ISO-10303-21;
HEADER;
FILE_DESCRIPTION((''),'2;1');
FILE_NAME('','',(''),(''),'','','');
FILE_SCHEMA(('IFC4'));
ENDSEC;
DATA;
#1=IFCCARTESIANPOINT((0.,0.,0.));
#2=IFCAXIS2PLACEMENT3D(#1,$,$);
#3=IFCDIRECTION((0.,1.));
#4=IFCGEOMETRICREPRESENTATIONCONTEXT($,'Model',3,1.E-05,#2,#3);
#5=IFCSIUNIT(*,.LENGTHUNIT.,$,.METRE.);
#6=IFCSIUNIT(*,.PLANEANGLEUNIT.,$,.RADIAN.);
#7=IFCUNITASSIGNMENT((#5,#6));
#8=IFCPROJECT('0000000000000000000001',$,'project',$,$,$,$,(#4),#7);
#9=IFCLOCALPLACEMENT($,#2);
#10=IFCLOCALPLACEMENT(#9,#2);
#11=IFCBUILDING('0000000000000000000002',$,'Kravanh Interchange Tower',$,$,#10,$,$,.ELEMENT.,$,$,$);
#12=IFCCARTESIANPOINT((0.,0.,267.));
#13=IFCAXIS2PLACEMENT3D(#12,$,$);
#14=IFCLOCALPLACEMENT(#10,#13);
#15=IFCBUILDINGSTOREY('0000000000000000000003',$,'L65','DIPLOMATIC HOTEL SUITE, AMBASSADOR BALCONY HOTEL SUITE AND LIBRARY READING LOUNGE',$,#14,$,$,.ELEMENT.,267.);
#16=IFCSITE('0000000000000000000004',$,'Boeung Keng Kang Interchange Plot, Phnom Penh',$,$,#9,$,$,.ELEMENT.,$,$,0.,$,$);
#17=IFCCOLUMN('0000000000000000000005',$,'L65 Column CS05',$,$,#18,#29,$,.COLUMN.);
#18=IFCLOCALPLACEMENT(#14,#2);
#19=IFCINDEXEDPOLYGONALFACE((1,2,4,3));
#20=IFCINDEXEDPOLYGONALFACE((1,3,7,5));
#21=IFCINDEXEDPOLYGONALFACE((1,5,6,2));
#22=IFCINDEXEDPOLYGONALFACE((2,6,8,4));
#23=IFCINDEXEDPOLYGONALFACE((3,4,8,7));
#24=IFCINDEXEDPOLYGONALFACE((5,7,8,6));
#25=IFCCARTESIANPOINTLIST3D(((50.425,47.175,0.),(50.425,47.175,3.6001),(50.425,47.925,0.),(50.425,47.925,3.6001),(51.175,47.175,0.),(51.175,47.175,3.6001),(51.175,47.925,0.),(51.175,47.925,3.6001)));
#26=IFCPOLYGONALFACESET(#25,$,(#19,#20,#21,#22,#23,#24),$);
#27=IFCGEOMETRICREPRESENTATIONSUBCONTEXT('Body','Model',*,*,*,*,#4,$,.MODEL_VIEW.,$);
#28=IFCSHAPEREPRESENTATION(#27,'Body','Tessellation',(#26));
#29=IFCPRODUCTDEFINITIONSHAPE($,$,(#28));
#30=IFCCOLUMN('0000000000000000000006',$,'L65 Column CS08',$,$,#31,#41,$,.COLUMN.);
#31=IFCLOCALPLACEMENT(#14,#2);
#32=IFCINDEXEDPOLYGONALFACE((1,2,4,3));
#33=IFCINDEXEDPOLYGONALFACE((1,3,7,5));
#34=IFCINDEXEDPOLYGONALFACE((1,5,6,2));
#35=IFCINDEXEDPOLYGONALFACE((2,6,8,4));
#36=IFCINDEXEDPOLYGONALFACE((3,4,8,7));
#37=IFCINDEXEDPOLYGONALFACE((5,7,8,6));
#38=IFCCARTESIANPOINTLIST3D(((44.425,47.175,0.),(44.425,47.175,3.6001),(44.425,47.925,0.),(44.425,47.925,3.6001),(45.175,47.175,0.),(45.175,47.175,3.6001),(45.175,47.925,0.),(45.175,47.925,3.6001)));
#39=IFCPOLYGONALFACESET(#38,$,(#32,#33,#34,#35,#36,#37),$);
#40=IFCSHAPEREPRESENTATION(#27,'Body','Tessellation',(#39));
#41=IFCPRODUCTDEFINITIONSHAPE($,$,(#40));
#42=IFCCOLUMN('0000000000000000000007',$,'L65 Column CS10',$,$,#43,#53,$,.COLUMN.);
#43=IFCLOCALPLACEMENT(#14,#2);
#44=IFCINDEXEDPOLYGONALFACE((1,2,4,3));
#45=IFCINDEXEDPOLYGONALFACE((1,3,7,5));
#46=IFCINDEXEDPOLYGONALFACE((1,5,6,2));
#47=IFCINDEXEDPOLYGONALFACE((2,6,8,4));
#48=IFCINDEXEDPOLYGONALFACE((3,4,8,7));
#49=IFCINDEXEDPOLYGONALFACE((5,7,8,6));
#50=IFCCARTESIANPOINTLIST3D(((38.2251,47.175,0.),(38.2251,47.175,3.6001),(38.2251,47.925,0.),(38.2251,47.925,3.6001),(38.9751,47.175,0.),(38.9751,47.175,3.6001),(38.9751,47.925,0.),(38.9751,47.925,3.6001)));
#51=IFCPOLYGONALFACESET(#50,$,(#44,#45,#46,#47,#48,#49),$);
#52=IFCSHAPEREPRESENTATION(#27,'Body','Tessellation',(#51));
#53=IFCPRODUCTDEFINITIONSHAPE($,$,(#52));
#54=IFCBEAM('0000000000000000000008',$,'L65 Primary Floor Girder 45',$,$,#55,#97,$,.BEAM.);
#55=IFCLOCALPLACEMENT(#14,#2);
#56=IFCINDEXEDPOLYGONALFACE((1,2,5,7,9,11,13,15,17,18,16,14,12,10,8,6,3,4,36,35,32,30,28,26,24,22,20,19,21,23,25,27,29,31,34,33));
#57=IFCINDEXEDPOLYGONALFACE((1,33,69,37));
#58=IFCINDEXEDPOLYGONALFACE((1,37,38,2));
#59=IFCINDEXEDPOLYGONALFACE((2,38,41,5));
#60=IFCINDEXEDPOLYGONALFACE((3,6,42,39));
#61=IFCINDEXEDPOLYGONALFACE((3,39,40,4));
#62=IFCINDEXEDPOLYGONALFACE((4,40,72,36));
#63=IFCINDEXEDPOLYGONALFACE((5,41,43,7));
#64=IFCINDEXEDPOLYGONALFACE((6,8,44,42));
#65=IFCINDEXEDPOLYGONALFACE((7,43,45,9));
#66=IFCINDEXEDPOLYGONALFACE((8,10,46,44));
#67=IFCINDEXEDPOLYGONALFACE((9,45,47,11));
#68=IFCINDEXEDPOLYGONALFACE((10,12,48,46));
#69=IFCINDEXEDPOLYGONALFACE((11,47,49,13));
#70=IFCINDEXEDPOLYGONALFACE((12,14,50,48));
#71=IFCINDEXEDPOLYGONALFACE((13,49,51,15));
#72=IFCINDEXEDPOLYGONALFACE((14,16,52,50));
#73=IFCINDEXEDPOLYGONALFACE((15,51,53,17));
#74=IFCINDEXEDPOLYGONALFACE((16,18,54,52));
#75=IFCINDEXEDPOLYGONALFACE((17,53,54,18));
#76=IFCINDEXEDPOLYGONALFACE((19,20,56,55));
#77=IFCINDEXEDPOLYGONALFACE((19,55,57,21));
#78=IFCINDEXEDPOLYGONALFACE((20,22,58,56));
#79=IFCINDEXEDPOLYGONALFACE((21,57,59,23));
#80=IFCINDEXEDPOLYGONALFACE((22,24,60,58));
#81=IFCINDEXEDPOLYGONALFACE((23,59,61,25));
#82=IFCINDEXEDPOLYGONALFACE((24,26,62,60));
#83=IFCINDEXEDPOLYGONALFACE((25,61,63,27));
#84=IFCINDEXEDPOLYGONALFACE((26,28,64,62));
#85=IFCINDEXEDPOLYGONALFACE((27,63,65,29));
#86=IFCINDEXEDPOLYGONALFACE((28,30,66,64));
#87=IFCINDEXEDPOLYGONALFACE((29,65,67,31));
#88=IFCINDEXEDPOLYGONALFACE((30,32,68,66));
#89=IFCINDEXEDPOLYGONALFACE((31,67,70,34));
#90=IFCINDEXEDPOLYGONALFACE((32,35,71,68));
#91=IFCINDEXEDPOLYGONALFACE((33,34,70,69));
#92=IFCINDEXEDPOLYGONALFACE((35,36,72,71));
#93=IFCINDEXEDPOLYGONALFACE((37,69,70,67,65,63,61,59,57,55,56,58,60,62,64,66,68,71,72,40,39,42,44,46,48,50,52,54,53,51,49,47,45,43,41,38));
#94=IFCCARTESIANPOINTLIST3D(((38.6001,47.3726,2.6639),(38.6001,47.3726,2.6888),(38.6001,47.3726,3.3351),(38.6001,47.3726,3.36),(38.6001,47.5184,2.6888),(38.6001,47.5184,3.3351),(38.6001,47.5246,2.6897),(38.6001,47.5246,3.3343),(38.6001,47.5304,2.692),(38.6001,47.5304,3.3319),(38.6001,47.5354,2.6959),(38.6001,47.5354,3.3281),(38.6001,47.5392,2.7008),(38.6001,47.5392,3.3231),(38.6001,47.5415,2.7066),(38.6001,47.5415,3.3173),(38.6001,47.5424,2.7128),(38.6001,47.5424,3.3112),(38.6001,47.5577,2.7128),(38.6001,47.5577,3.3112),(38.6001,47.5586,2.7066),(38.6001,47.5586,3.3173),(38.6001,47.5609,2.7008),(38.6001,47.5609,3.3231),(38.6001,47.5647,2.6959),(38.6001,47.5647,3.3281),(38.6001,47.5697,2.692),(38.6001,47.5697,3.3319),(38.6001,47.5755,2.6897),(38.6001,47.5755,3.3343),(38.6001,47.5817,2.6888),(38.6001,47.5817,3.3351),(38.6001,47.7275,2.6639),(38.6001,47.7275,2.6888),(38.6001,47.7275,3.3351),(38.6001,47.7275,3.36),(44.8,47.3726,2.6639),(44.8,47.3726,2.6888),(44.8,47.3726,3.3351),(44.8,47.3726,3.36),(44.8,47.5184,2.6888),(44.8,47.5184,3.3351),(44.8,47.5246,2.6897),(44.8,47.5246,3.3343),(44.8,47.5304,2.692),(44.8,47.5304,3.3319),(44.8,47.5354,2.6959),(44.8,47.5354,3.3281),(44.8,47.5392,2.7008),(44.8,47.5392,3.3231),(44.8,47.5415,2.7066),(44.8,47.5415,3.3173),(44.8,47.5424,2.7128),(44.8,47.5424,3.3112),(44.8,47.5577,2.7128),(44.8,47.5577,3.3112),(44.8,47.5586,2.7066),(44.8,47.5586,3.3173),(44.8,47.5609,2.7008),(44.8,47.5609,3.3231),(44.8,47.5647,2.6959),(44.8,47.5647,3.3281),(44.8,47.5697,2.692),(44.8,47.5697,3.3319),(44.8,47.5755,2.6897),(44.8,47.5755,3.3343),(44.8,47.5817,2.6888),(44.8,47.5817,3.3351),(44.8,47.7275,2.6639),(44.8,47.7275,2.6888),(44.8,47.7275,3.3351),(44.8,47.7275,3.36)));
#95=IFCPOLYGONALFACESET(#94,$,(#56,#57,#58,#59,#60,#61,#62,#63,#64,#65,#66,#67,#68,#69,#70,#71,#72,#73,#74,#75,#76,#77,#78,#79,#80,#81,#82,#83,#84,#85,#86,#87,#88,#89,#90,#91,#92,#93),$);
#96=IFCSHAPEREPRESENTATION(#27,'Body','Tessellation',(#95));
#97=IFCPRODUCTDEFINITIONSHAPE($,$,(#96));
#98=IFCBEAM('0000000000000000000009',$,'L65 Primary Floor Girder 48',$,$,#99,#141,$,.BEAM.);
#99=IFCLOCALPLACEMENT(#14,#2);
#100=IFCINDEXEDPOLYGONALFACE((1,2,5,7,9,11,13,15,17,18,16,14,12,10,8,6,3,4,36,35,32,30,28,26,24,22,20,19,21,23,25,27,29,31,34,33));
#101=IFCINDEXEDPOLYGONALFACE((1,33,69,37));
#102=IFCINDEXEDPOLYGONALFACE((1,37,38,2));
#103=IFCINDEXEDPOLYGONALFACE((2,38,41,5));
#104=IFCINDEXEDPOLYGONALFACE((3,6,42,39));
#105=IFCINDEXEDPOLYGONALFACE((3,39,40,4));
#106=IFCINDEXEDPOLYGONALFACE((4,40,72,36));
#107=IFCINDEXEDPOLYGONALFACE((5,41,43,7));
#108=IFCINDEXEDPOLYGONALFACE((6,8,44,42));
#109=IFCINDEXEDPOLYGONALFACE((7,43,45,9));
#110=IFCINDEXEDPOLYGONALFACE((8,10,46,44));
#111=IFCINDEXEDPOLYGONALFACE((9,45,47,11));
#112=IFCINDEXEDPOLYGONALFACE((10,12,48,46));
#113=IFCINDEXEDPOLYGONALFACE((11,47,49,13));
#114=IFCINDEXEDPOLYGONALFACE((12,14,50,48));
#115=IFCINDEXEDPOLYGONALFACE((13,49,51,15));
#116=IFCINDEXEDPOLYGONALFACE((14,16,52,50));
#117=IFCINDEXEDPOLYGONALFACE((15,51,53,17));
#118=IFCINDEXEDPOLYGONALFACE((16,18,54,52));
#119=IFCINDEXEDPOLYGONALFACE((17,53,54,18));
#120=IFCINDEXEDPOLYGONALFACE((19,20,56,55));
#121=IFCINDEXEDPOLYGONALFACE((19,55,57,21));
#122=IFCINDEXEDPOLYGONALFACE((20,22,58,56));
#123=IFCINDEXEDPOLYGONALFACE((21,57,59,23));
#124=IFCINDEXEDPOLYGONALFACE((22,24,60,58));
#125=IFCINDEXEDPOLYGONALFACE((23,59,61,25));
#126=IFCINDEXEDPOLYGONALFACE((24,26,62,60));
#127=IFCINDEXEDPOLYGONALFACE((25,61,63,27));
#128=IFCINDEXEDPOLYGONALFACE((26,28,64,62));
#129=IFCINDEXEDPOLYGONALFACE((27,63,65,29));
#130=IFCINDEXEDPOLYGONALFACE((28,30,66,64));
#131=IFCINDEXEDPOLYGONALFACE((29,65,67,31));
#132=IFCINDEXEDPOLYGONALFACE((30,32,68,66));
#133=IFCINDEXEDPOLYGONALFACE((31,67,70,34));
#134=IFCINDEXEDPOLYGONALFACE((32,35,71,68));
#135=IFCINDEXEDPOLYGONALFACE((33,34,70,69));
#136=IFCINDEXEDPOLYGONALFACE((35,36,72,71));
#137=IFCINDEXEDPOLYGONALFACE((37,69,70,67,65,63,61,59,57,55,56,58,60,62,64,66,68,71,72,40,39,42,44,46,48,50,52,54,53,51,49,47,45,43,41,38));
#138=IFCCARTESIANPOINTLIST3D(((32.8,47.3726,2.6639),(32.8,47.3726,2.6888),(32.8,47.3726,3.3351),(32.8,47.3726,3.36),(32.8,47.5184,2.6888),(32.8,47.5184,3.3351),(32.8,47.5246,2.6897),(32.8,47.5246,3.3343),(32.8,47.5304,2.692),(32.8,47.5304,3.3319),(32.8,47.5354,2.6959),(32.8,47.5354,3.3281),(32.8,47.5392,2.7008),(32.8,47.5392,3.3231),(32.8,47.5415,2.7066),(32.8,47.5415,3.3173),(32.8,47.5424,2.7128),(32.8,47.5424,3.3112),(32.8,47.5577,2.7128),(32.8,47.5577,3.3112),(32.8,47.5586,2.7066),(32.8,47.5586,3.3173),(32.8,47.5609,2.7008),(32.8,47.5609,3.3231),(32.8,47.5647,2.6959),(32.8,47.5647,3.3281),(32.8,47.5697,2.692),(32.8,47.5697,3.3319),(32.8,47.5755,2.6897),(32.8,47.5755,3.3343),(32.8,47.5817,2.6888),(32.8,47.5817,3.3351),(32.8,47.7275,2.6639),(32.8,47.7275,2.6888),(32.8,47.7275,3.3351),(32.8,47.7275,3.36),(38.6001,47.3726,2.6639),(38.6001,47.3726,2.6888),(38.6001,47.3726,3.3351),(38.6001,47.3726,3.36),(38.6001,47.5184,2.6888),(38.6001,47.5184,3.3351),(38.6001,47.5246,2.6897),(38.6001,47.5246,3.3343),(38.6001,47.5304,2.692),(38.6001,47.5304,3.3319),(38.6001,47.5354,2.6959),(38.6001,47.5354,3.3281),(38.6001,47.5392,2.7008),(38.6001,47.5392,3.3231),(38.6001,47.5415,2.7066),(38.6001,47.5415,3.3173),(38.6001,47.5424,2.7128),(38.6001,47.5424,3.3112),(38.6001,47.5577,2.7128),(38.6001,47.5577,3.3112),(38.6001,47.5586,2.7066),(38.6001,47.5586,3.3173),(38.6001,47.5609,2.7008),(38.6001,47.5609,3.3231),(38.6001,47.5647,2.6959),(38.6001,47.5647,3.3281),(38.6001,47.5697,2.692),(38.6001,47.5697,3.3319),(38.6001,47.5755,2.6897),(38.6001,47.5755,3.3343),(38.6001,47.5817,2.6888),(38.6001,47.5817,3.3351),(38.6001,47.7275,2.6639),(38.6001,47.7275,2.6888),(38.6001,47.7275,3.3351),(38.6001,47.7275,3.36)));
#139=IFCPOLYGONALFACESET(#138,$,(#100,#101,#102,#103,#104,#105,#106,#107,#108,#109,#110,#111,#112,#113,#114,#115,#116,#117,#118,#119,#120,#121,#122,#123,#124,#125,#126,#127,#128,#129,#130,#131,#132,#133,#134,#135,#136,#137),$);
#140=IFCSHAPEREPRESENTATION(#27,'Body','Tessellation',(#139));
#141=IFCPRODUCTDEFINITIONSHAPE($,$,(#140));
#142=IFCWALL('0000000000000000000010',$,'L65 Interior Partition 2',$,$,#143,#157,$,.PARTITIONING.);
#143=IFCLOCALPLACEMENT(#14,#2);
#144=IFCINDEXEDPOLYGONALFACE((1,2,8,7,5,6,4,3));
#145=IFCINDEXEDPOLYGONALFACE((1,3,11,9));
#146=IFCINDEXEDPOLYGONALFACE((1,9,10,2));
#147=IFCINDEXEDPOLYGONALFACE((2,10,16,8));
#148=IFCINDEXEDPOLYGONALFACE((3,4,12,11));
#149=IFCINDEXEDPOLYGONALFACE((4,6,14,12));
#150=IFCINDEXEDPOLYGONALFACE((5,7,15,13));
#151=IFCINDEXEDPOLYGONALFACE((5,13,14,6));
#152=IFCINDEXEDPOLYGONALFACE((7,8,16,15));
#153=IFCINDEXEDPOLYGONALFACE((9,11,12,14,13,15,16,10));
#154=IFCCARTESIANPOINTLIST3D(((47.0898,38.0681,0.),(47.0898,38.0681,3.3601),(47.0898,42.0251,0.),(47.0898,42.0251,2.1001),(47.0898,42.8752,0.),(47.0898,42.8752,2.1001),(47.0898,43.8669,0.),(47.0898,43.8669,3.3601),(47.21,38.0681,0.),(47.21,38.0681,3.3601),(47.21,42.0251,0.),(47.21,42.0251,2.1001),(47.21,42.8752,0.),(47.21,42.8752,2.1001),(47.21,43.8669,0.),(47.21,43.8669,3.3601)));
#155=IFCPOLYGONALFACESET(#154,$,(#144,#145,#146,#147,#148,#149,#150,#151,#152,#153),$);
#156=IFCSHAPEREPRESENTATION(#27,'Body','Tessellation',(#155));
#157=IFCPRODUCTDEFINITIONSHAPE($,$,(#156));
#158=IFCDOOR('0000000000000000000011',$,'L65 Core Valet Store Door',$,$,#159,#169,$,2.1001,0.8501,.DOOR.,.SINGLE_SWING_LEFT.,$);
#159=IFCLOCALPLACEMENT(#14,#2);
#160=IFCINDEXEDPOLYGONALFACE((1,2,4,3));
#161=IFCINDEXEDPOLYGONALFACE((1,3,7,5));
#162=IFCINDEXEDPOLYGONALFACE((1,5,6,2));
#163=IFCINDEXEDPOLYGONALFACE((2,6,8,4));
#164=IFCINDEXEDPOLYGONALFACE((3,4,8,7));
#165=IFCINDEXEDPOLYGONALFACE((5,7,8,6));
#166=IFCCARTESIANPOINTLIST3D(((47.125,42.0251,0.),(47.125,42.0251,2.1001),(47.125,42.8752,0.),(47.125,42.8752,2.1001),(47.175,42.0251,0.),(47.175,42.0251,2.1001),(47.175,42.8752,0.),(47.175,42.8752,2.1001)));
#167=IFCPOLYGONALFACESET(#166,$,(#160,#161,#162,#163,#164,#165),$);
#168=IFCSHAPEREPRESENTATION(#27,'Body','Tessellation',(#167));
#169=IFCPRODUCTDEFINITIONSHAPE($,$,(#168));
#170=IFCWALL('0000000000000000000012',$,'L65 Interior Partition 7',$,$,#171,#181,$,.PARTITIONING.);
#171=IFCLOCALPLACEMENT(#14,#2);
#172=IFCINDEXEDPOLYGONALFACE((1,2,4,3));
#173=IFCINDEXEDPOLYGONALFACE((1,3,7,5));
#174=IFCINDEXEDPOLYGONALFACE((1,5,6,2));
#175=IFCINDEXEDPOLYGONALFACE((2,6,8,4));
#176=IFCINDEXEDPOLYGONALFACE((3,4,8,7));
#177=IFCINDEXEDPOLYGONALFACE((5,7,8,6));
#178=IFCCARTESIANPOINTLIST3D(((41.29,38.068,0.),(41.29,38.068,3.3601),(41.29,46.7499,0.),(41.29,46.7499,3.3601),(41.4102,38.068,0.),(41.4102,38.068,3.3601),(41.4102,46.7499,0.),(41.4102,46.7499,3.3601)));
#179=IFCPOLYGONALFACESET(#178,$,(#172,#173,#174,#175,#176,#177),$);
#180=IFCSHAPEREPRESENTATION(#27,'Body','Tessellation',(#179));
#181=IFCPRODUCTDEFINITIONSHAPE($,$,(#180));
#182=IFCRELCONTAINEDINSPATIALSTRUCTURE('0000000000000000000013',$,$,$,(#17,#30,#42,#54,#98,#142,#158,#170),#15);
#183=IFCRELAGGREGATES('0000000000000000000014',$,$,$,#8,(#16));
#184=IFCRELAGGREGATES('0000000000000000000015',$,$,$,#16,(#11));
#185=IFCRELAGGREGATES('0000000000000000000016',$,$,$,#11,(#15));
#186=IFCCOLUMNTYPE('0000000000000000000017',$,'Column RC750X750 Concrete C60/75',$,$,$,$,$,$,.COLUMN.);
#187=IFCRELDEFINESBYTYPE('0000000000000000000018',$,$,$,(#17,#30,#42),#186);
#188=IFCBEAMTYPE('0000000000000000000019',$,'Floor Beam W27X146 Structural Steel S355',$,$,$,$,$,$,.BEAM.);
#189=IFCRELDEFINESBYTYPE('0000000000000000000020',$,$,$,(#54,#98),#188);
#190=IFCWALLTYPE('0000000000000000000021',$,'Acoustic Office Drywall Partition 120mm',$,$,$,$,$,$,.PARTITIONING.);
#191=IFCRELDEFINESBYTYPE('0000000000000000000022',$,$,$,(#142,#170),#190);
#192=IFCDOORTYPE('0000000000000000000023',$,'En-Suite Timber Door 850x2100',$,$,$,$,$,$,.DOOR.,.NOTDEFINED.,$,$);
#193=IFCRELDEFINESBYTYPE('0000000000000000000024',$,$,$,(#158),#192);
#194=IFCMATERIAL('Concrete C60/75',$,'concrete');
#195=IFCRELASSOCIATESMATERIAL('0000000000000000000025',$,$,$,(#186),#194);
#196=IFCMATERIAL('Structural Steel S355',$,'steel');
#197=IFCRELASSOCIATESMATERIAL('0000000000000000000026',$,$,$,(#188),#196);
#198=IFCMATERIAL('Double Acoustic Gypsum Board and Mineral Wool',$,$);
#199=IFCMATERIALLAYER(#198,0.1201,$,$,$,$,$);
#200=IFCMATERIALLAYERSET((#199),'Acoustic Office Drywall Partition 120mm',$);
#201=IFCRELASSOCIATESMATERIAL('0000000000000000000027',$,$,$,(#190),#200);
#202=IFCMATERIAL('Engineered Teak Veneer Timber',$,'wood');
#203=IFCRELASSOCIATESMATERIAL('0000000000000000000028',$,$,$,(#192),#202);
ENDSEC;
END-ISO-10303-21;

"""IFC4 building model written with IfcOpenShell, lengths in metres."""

from ifc_helpers import new_model, si_unit, direction, frame, frame_2d, origin, origin_2d, place, context, subcontext, project, spatial, rectangle, i_section, extrude, material, layer, layer_set, material_profile, profile_set, type_object, element, fill, save


model = new_model("IFC4")

# Units and contexts
model_context = context("Model", 3, precision=1e-05, world=origin(), true_north=direction((0.0, 1.0)))
body_context = subcontext(model_context, "Body", "Model", "MODEL_VIEW")
ifc_project = project(units=[si_unit("LENGTHUNIT", "METRE"), si_unit("PLANEANGLEUNIT", "RADIAN")], contexts=[model_context])

# Site, building, storey
site_placement = place(None, origin())
site = spatial("IfcSite", under=ifc_project, at=site_placement, Name="Boeung Keng Kang Interchange Plot, Phnom Penh", CompositionType="ELEMENT", RefElevation=0.0)
building_placement = place(site_placement, origin())
building = spatial("IfcBuilding", under=site, at=building_placement, Name="Kravanh Interchange Tower", CompositionType="ELEMENT")
storey_placement = place(building_placement, frame((0.0, 0.0, 267.0)))
storey = spatial("IfcBuildingStorey", under=building, at=storey_placement, Name="L65", Description="DIPLOMATIC HOTEL SUITE, AMBASSADOR BALCONY HOTEL SUITE AND LIBRARY READING LOUNGE", CompositionType="ELEMENT", Elevation=267.0)

# Columns
ifc_material_1 = material(Name="Concrete C60/75", Category="concrete")
ifc_material_profile_1 = material_profile(ifc_material_1, rectangle(XDim=0.75, YDim=0.75, at=origin_2d()), Name="RC750X750")
ifc_profile_set_1 = profile_set([ifc_material_profile_1], Name="Concrete C60/75")
column_type = type_object("IfcColumnType", Name="Column RC750X750 Concrete C60/75", PredefinedType="COLUMN", material=ifc_profile_set_1)
for number, where, z_axis, x_axis, name in (
    (1, (50.8, 47.55, 0.0), (0.0, 0.0, 1.0), (1.0, 0.0, 0.0), "L65 Column CS05"),
    (2, (44.8, 47.55, 0.0), (0.0, 0.0, 1.0), (1.0, 0.0, 0.0), "L65 Column CS08"),
    (3, (38.6001, 47.55, 0.0), (0.0, 0.0, 1.0), (1.0, 0.0, 0.0), "L65 Column CS10"),
):
    element("IfcColumn", number, at=place(storey_placement, frame(where, z_axis=z_axis, x_axis=x_axis)), inside=storey, type_object=column_type, Name=name, PredefinedType="COLUMN", context=body_context, shape_type="SweptSolid", body=[
        extrude(rectangle(XDim=0.75, YDim=0.75, at=origin_2d()), origin(), (0.0, 0.0, 1.0), 3.6001),
    ])

# Beams
ifc_material_2 = material(Name="Structural Steel S355", Category="steel")
ifc_material_profile_2 = material_profile(ifc_material_2, i_section(OverallWidth=0.355, OverallDepth=0.696, WebThickness=0.0154, FlangeThickness=0.0249, FilletRadius=0.0239, at=origin_2d()), Name="W27X146")
ifc_profile_set_2 = profile_set([ifc_material_profile_2], Name="Structural Steel S355")
beam_type = type_object("IfcBeamType", Name="Floor Beam W27X146 Structural Steel S355", PredefinedType="BEAM", material=ifc_profile_set_2)
beam_1_placement = place(storey_placement, frame((44.8, 47.55, 3.012), z_axis=(-1.0, 0.0, 0.0), x_axis=(0.0, -1.0, 0.0)))
element("IfcBeam", 4, at=beam_1_placement, inside=storey, type_object=beam_type, Name="L65 Primary Floor Girder 45", PredefinedType="BEAM", context=body_context, shape_type="SweptSolid", body=[
    extrude(i_section(OverallWidth=0.355, OverallDepth=0.696, WebThickness=0.0154, FlangeThickness=0.0249, FilletRadius=0.0239, at=origin_2d()), origin(), (0.0, 0.0, 1.0), 6.2),
])
beam_2_placement = place(storey_placement, frame((38.6001, 47.55, 3.012), z_axis=(-1.0, 0.0, 0.0), x_axis=(0.0, -1.0, 0.0)))
element("IfcBeam", 5, at=beam_2_placement, inside=storey, type_object=beam_type, Name="L65 Primary Floor Girder 48", PredefinedType="BEAM", context=body_context, shape_type="SweptSolid", body=[
    extrude(i_section(OverallWidth=0.355, OverallDepth=0.696, WebThickness=0.0154, FlangeThickness=0.0249, FilletRadius=0.0239, at=origin_2d()), origin(), (0.0, 0.0, 1.0), 5.8),
])

# Wall, opening, door
ifc_material_3 = material(Name="Double Acoustic Gypsum Board and Mineral Wool")
ifc_layer_1 = layer(ifc_material_3, 0.1201)
ifc_layer_set_1 = layer_set([ifc_layer_1], Name="Acoustic Office Drywall Partition 120mm")
wall_type_1 = type_object("IfcWallType", Name="Acoustic Office Drywall Partition 120mm", PredefinedType="PARTITIONING", material=ifc_layer_set_1)
wall_1_placement = place(storey_placement, frame((47.1499, 38.0681, 0.0), z_axis=(0.0, 0.0, 1.0), x_axis=(0.0, 1.0, 0.0)))
wall_1 = element("IfcWall", 6, at=wall_1_placement, inside=storey, type_object=wall_type_1, Name="L65 Interior Partition 2", PredefinedType="PARTITIONING", context=body_context, shape_type="SweptSolid", body=[
    extrude(rectangle(XDim=5.7988, YDim=0.1201, at=frame_2d((2.8994, 0.0))), origin(), (0.0, 0.0, 1.0), 3.3601),
])
opening_1_placement = place(wall_1_placement, frame((3.957, 0.0, 0.0)))
opening_1 = element("IfcOpeningElement", 7, at=opening_1_placement, cuts=wall_1, PredefinedType="OPENING", context=body_context, shape_type="SweptSolid", body=[
    extrude(rectangle(XDim=0.8501, YDim=2.1001, at=frame_2d((0.425, 1.05))), frame((0.0, 0.0701, 0.0), z_axis=(0.0, -1.0, 0.0), x_axis=(1.0, 0.0, 0.0)), (0.0, 0.0, 1.0), 0.1401),
])
ifc_material_4 = material(Name="Engineered Teak Veneer Timber", Category="wood")
door_type_1 = type_object("IfcDoorType", Name="En-Suite Timber Door 850x2100", OperationType="NOTDEFINED", PredefinedType="DOOR", material=ifc_material_4)
door_1_placement = place(opening_1_placement, origin())
door_1 = element("IfcDoor", 8, at=door_1_placement, inside=storey, type_object=door_type_1, Name="L65 Core Valet Store Door", OperationType="SINGLE_SWING_LEFT", OverallHeight=2.1001, OverallWidth=0.8501, PredefinedType="DOOR", context=body_context, shape_type="SweptSolid", body=[
    extrude(rectangle(XDim=0.8501, YDim=2.1001, at=frame_2d((0.425, 1.05))), frame((0.0, 0.0249, 0.0), z_axis=(0.0, -1.0, 0.0), x_axis=(1.0, 0.0, 0.0)), (0.0, 0.0, 1.0), 0.05),
])
fill(opening_1, door_1)

# Wall
wall_2_placement = place(storey_placement, frame((41.3501, 38.0681, 0.0), z_axis=(0.0, 0.0, 1.0), x_axis=(0.0, 1.0, 0.0)))
element("IfcWall", 9, at=wall_2_placement, inside=storey, type_object=wall_type_1, Name="L65 Interior Partition 7", PredefinedType="PARTITIONING", context=body_context, shape_type="SweptSolid", body=[
    extrude(rectangle(XDim=8.6819, YDim=0.1201, at=frame_2d((4.3408, 0.0))), origin(), (0.0, 0.0, 1.0), 3.3601),
])

save(model, "model.ifc")
